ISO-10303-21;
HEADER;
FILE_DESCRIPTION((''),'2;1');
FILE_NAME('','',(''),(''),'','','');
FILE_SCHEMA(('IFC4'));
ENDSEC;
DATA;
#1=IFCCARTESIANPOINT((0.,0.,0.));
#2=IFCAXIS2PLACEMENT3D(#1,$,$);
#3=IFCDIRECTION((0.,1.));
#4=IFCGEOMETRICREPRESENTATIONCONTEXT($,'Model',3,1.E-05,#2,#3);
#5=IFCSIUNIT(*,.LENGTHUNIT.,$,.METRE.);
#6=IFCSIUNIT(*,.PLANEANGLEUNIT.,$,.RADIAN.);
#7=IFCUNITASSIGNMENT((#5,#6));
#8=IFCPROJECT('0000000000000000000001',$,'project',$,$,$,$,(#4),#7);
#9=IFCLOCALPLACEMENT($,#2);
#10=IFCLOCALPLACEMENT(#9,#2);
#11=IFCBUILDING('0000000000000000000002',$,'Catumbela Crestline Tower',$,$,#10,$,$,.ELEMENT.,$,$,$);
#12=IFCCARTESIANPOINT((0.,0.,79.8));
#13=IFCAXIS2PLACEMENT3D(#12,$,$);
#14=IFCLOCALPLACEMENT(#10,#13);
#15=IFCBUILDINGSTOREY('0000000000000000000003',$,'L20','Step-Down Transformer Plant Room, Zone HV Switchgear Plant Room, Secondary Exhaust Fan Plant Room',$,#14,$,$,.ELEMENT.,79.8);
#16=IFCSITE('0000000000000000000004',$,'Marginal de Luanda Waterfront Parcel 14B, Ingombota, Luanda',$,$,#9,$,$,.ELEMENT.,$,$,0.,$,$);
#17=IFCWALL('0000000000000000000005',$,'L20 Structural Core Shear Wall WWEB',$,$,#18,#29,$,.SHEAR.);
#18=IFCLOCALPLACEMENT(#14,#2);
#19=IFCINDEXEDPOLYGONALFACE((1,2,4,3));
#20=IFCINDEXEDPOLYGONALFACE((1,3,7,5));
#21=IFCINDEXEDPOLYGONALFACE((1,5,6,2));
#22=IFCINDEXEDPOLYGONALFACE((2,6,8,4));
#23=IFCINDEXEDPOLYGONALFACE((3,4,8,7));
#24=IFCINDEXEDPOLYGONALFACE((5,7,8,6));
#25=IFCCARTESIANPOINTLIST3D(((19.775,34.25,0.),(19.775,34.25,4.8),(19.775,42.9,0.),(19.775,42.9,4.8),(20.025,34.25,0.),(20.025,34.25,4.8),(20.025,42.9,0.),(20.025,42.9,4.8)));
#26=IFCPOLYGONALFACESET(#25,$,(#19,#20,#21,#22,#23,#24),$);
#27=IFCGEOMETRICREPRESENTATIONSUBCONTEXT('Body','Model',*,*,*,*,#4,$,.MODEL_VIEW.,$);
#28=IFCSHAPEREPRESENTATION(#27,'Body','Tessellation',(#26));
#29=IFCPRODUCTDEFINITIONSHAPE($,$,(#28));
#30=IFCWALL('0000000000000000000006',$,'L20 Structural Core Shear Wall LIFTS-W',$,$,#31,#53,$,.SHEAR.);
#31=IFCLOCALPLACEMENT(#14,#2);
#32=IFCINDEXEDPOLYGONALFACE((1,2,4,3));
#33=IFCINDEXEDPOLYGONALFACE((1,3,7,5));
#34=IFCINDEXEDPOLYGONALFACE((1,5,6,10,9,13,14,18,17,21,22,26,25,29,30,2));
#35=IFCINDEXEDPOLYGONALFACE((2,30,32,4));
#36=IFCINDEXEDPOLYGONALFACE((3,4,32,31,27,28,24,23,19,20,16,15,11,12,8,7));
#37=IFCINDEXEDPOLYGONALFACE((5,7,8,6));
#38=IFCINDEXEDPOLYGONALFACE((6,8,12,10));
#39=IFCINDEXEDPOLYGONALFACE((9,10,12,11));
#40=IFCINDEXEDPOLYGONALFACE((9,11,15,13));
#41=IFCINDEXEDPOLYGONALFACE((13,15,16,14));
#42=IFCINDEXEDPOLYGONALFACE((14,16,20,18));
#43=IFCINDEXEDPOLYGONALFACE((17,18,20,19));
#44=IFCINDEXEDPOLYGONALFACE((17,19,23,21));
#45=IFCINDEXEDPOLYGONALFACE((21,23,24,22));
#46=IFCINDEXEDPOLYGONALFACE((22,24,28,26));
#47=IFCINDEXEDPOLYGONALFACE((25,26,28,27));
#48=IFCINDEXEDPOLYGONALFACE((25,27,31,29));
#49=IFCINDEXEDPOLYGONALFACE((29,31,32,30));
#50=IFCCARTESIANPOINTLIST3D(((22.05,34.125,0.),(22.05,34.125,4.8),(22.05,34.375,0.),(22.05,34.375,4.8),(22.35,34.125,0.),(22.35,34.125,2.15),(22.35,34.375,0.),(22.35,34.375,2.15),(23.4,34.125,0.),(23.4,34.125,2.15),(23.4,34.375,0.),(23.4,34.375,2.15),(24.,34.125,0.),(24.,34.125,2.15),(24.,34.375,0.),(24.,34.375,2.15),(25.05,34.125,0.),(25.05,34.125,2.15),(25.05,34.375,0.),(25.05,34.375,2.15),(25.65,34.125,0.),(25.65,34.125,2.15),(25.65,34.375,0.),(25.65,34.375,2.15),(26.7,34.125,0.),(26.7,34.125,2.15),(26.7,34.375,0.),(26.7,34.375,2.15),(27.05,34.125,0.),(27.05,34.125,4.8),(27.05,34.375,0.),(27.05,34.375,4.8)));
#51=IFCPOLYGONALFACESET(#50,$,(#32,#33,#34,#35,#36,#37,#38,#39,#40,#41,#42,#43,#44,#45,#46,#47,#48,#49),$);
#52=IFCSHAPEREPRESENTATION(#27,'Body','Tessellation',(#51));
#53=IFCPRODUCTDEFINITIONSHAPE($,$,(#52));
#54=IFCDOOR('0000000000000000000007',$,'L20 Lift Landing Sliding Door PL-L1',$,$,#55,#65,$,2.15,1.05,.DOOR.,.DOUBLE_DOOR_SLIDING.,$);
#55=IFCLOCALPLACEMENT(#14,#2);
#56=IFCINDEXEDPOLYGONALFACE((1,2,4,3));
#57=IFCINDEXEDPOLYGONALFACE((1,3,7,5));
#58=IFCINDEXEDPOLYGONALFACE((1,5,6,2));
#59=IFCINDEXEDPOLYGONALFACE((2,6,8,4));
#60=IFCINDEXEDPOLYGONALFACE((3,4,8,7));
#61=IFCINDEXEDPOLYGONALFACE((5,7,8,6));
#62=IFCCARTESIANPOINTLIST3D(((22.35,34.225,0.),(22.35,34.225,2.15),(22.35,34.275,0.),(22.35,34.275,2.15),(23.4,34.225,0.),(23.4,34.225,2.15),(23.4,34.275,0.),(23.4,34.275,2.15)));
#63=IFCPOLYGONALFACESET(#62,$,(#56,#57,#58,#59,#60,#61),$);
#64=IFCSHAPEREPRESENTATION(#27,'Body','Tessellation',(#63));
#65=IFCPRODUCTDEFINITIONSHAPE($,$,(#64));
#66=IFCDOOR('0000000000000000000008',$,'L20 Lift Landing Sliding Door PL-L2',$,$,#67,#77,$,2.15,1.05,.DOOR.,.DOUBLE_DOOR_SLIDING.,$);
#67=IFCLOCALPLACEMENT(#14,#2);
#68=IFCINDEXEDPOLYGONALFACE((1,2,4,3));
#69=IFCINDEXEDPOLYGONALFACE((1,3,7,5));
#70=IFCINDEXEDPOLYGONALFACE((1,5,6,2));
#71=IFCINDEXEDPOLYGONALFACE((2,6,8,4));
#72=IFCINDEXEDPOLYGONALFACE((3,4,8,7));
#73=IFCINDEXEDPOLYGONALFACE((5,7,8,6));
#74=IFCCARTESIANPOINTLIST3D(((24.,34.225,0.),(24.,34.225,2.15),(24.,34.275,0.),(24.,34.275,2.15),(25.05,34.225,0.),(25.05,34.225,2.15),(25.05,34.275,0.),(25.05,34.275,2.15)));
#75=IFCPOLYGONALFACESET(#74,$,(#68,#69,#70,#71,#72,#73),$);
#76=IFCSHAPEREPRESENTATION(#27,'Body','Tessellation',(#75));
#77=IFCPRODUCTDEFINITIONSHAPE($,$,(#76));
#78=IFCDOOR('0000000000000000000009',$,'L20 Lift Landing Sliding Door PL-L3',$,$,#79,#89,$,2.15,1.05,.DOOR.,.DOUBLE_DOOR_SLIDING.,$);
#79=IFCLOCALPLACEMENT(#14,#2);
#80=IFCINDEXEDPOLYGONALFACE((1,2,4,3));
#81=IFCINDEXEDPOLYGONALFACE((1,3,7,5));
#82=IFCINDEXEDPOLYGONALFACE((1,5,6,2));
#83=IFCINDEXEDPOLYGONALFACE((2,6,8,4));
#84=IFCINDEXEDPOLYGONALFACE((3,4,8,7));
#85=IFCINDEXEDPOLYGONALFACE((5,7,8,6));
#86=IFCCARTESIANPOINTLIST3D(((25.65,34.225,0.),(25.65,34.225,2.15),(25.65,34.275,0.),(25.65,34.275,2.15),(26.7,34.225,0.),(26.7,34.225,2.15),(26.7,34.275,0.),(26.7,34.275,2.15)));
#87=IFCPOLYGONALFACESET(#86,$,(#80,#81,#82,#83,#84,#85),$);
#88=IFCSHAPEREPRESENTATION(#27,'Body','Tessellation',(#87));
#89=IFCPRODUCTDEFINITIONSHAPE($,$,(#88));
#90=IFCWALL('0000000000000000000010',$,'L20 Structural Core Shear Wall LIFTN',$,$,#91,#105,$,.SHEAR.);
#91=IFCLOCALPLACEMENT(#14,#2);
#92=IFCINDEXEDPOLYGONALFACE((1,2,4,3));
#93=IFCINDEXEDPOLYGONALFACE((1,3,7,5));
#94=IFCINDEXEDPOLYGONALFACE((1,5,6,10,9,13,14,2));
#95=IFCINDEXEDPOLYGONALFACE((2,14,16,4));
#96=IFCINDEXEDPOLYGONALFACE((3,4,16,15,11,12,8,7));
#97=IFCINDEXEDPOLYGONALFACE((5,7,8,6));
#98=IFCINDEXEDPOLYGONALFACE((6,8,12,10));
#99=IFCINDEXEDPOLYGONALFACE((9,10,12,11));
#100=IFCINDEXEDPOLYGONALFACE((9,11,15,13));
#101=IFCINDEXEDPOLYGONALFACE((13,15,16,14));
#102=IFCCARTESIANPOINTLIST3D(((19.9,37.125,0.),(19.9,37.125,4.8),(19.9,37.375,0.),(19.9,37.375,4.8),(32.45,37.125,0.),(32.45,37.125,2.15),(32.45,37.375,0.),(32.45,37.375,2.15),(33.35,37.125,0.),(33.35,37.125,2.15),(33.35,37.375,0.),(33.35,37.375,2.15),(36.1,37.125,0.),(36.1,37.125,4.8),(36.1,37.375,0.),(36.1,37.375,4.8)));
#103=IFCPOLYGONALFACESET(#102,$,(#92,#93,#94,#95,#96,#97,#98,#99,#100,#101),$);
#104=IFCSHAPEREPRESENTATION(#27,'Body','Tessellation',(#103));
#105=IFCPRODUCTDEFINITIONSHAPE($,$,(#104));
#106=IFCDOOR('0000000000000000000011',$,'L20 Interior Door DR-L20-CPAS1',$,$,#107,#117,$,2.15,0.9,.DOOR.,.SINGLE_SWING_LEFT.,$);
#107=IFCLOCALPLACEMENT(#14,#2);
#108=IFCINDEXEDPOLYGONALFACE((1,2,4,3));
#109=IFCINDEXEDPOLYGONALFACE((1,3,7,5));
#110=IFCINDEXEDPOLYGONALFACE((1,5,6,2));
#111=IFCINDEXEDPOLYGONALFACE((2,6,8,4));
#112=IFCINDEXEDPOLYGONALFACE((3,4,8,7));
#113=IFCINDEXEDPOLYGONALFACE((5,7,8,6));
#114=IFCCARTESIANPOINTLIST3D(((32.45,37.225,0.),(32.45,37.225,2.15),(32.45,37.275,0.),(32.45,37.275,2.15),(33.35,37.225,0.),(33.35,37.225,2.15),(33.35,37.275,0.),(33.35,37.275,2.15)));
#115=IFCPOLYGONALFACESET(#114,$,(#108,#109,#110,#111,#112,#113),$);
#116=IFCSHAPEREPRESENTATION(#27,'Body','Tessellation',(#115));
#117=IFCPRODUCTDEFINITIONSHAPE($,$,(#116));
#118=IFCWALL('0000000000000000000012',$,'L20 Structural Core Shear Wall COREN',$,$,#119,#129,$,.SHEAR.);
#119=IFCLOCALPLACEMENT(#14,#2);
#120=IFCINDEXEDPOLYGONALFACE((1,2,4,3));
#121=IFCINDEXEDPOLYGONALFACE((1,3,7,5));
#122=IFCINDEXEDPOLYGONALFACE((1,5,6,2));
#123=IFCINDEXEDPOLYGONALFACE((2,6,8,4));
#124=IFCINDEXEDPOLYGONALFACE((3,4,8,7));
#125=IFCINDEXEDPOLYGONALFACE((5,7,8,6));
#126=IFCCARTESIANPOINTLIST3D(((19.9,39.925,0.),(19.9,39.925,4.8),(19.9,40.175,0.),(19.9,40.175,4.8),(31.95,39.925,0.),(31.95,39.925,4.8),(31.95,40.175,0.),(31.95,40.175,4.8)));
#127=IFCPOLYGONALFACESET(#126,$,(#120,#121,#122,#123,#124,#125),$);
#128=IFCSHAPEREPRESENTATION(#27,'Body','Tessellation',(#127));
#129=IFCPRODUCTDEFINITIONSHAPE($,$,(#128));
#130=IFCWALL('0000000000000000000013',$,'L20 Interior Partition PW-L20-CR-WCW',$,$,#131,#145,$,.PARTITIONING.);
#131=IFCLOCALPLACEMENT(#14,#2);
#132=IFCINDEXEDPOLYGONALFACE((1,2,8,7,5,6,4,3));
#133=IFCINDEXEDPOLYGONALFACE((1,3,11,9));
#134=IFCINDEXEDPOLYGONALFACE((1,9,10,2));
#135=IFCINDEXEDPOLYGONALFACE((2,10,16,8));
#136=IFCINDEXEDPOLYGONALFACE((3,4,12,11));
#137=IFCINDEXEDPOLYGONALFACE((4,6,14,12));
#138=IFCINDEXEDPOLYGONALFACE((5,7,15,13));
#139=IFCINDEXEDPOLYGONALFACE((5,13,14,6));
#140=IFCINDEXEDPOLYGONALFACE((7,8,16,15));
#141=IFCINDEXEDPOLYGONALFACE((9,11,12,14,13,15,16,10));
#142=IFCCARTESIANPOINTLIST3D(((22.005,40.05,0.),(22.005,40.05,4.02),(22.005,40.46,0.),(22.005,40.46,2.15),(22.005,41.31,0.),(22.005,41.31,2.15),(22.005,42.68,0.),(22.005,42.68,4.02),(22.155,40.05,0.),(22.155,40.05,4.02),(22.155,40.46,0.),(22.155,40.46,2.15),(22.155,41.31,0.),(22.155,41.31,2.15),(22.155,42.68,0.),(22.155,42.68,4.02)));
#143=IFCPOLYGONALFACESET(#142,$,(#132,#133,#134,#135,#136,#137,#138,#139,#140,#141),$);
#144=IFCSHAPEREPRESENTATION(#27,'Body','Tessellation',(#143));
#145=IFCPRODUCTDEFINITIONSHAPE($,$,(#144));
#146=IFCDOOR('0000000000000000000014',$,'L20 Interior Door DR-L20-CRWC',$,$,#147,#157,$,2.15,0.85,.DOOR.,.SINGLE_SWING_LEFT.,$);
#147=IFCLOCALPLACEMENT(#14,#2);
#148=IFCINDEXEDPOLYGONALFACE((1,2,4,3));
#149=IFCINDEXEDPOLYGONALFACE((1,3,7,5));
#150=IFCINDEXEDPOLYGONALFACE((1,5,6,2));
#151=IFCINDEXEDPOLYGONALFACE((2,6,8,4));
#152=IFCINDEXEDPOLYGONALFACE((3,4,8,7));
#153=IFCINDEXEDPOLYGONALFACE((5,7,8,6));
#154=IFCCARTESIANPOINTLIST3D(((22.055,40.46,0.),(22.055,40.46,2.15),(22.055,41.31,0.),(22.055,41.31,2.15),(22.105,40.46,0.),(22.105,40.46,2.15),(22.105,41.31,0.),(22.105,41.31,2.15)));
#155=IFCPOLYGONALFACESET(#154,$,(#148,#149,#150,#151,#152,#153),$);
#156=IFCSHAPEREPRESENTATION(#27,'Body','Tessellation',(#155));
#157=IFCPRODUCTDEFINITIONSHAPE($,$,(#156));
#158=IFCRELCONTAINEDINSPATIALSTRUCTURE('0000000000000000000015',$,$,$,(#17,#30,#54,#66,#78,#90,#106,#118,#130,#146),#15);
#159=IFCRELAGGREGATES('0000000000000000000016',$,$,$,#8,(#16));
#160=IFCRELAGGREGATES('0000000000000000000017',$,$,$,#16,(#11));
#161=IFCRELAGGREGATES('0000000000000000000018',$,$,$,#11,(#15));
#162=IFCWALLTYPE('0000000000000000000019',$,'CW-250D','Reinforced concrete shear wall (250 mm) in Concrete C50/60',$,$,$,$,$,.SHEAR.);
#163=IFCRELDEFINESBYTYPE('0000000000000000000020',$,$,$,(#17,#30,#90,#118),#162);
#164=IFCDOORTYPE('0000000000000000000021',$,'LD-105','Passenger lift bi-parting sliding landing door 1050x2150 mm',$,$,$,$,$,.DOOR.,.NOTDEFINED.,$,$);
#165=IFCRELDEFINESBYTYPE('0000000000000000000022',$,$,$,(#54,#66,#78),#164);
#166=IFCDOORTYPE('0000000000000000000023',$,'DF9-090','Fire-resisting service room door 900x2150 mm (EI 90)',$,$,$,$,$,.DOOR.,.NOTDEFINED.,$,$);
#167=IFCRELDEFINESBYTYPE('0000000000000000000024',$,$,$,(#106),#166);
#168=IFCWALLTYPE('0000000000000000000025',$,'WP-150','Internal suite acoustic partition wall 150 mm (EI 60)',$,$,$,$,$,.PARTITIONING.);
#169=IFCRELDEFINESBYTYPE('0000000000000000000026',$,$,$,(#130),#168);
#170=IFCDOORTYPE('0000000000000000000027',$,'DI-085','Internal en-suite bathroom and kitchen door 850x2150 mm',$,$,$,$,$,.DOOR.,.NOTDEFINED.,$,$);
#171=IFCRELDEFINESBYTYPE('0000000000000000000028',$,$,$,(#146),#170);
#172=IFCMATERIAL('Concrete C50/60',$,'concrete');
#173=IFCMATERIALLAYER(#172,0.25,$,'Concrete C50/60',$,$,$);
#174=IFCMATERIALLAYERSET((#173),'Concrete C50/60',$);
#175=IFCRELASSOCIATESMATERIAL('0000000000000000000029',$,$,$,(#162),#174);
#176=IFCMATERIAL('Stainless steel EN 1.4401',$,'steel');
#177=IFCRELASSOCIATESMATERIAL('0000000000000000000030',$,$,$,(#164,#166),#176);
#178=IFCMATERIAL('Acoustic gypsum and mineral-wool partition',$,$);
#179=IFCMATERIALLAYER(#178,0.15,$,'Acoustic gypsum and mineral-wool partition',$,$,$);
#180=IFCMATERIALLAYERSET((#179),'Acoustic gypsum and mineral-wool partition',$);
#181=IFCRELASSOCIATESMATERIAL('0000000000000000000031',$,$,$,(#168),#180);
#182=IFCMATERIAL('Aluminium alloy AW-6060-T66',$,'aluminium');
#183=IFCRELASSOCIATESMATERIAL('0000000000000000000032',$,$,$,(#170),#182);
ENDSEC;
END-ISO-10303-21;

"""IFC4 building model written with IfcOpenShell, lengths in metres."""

from ifc_helpers import new_model, si_unit, direction, frame, frame_2d, origin, place, context, subcontext, project, spatial, rectangle, extrude, material, layer, layer_set, type_object, element, fill, save


model = new_model("IFC4")

# Units and contexts
model_context = context("Model", 3, precision=1e-05, world=origin(), true_north=direction((0.0, 1.0)))
body_context = subcontext(model_context, "Body", "Model", "MODEL_VIEW")
ifc_project = project(units=[si_unit("LENGTHUNIT", "METRE"), si_unit("PLANEANGLEUNIT", "RADIAN")], contexts=[model_context])

# Site, building, storey
site_placement = place(None, origin())
site = spatial("IfcSite", under=ifc_project, at=site_placement, Name="Marginal de Luanda Waterfront Parcel 14B, Ingombota, Luanda", CompositionType="ELEMENT", RefElevation=0.0)
building_placement = place(site_placement, origin())
building = spatial("IfcBuilding", under=site, at=building_placement, Name="Catumbela Crestline Tower", CompositionType="ELEMENT")
storey_placement = place(building_placement, frame((0.0, 0.0, 79.8)))
storey = spatial("IfcBuildingStorey", under=building, at=storey_placement, Name="L20", Description="Step-Down Transformer Plant Room, Zone HV Switchgear Plant Room, Secondary Exhaust Fan Plant Room", CompositionType="ELEMENT", Elevation=79.8)

# Wall
ifc_material_1 = material(Name="Concrete C50/60", Category="concrete")
ifc_layer_1 = layer(ifc_material_1, 0.25, Name="Concrete C50/60")
ifc_layer_set_1 = layer_set([ifc_layer_1], Name="Concrete C50/60")
wall_type_1 = type_object("IfcWallType", Name="CW-250D", Description="Reinforced concrete shear wall (250 mm) in Concrete C50/60", PredefinedType="SHEAR", material=ifc_layer_set_1)
wall_1_placement = place(storey_placement, frame((19.9, 34.25, 0.0), z_axis=(0.0, 0.0, 1.0), x_axis=(0.0, 1.0, 0.0)))
element("IfcWall", 1, at=wall_1_placement, inside=storey, type_object=wall_type_1, Name="L20 Structural Core Shear Wall WWEB", PredefinedType="SHEAR", context=body_context, shape_type="SweptSolid", body=[
    extrude(rectangle(XDim=8.65, YDim=0.25, at=frame_2d((4.325, 0.0))), origin(), (0.0, 0.0, 1.0), 4.8),
])

# Wall, openings, doors
wall_2_placement = place(storey_placement, frame((22.05, 34.25, 0.0), z_axis=(0.0, 0.0, 1.0), x_axis=(1.0, 0.0, 0.0)))
wall_2 = element("IfcWall", 2, at=wall_2_placement, inside=storey, type_object=wall_type_1, Name="L20 Structural Core Shear Wall LIFTS-W", PredefinedType="SHEAR", context=body_context, shape_type="SweptSolid", body=[
    extrude(rectangle(XDim=5.0, YDim=0.25, at=frame_2d((2.5, 0.0))), origin(), (0.0, 0.0, 1.0), 4.8),
])
opening_1_placement = place(wall_2_placement, frame((0.3, 0.0, 0.0)))
opening_1 = element("IfcOpeningElement", 3, at=opening_1_placement, cuts=wall_2, PredefinedType="OPENING", context=body_context, shape_type="SweptSolid", body=[
    extrude(rectangle(XDim=1.05, YDim=2.15, at=frame_2d((0.525, 1.075))), frame((0.0, 0.135, 0.0), z_axis=(0.0, -1.0, 0.0), x_axis=(1.0, 0.0, 0.0)), (0.0, 0.0, 1.0), 0.27),
])
opening_2_placement = place(wall_2_placement, frame((1.95, 0.0, 0.0)))
opening_2 = element("IfcOpeningElement", 4, at=opening_2_placement, cuts=wall_2, PredefinedType="OPENING", context=body_context, shape_type="SweptSolid", body=[
    extrude(rectangle(XDim=1.05, YDim=2.15, at=frame_2d((0.525, 1.075))), frame((0.0, 0.135, 0.0), z_axis=(0.0, -1.0, 0.0), x_axis=(1.0, 0.0, 0.0)), (0.0, 0.0, 1.0), 0.27),
])
opening_3_placement = place(wall_2_placement, frame((3.6, 0.0, 0.0)))
opening_3 = element("IfcOpeningElement", 5, at=opening_3_placement, cuts=wall_2, PredefinedType="OPENING", context=body_context, shape_type="SweptSolid", body=[
    extrude(rectangle(XDim=1.05, YDim=2.15, at=frame_2d((0.525, 1.075))), frame((0.0, 0.135, 0.0), z_axis=(0.0, -1.0, 0.0), x_axis=(1.0, 0.0, 0.0)), (0.0, 0.0, 1.0), 0.27),
])
ifc_material_2 = material(Name="Stainless steel EN 1.4401", Category="steel")
door_type_1 = type_object("IfcDoorType", Name="LD-105", Description="Passenger lift bi-parting sliding landing door 1050x2150 mm", OperationType="NOTDEFINED", PredefinedType="DOOR", material=ifc_material_2)
door_1_placement = place(opening_1_placement, origin())
door_1 = element("IfcDoor", 6, at=door_1_placement, inside=storey, type_object=door_type_1, Name="L20 Lift Landing Sliding Door PL-L1", OperationType="DOUBLE_DOOR_SLIDING", OverallHeight=2.15, OverallWidth=1.05, PredefinedType="DOOR", context=body_context, shape_type="SweptSolid", body=[
    extrude(rectangle(XDim=1.05, YDim=2.15, at=frame_2d((0.525, 1.075))), frame((0.0, 0.025, 0.0), z_axis=(0.0, -1.0, 0.0), x_axis=(1.0, 0.0, 0.0)), (0.0, 0.0, 1.0), 0.05),
])
fill(opening_1, door_1)
door_2_placement = place(opening_2_placement, origin())
door_2 = element("IfcDoor", 7, at=door_2_placement, inside=storey, type_object=door_type_1, Name="L20 Lift Landing Sliding Door PL-L2", OperationType="DOUBLE_DOOR_SLIDING", OverallHeight=2.15, OverallWidth=1.05, PredefinedType="DOOR", context=body_context, shape_type="SweptSolid", body=[
    extrude(rectangle(XDim=1.05, YDim=2.15, at=frame_2d((0.525, 1.075))), frame((0.0, 0.025, 0.0), z_axis=(0.0, -1.0, 0.0), x_axis=(1.0, 0.0, 0.0)), (0.0, 0.0, 1.0), 0.05),
])
fill(opening_2, door_2)
door_3_placement = place(opening_3_placement, origin())
door_3 = element("IfcDoor", 8, at=door_3_placement, inside=storey, type_object=door_type_1, Name="L20 Lift Landing Sliding Door PL-L3", OperationType="DOUBLE_DOOR_SLIDING", OverallHeight=2.15, OverallWidth=1.05, PredefinedType="DOOR", context=body_context, shape_type="SweptSolid", body=[
    extrude(rectangle(XDim=1.05, YDim=2.15, at=frame_2d((0.525, 1.075))), frame((0.0, 0.025, 0.0), z_axis=(0.0, -1.0, 0.0), x_axis=(1.0, 0.0, 0.0)), (0.0, 0.0, 1.0), 0.05),
])
fill(opening_3, door_3)

# Wall, opening, door
wall_3_placement = place(storey_placement, frame((19.9, 37.25, 0.0), z_axis=(0.0, 0.0, 1.0), x_axis=(1.0, 0.0, 0.0)))
wall_3 = element("IfcWall", 9, at=wall_3_placement, inside=storey, type_object=wall_type_1, Name="L20 Structural Core Shear Wall LIFTN", PredefinedType="SHEAR", context=body_context, shape_type="SweptSolid", body=[
    extrude(rectangle(XDim=16.2, YDim=0.25, at=frame_2d((8.1, 0.0))), origin(), (0.0, 0.0, 1.0), 4.8),
])
opening_4_placement = place(wall_3_placement, frame((12.55, 0.0, 0.0)))
opening_4 = element("IfcOpeningElement", 10, at=opening_4_placement, cuts=wall_3, PredefinedType="OPENING", context=body_context, shape_type="SweptSolid", body=[
    extrude(rectangle(XDim=0.9, YDim=2.15, at=frame_2d((0.45, 1.075))), frame((0.0, 0.135, 0.0), z_axis=(0.0, -1.0, 0.0), x_axis=(1.0, 0.0, 0.0)), (0.0, 0.0, 1.0), 0.27),
])
door_type_2 = type_object("IfcDoorType", Name="DF9-090", Description="Fire-resisting service room door 900x2150 mm (EI 90)", OperationType="NOTDEFINED", PredefinedType="DOOR", material=ifc_material_2)
door_4_placement = place(opening_4_placement, origin())
door_4 = element("IfcDoor", 11, at=door_4_placement, inside=storey, type_object=door_type_2, Name="L20 Interior Door DR-L20-CPAS1", OperationType="SINGLE_SWING_LEFT", OverallHeight=2.15, OverallWidth=0.9, PredefinedType="DOOR", context=body_context, shape_type="SweptSolid", body=[
    extrude(rectangle(XDim=0.9, YDim=2.15, at=frame_2d((0.45, 1.075))), frame((0.0, 0.025, 0.0), z_axis=(0.0, -1.0, 0.0), x_axis=(1.0, 0.0, 0.0)), (0.0, 0.0, 1.0), 0.05),
])
fill(opening_4, door_4)

# Wall
wall_4_placement = place(storey_placement, frame((19.9, 40.05, 0.0), z_axis=(0.0, 0.0, 1.0), x_axis=(1.0, 0.0, 0.0)))
element("IfcWall", 12, at=wall_4_placement, inside=storey, type_object=wall_type_1, Name="L20 Structural Core Shear Wall COREN", PredefinedType="SHEAR", context=body_context, shape_type="SweptSolid", body=[
    extrude(rectangle(XDim=12.05, YDim=0.25, at=frame_2d((6.025, 0.0))), origin(), (0.0, 0.0, 1.0), 4.8),
])

# Wall, opening, door
ifc_material_3 = material(Name="Acoustic gypsum and mineral-wool partition")
ifc_layer_2 = layer(ifc_material_3, 0.15, Name="Acoustic gypsum and mineral-wool partition")
ifc_layer_set_2 = layer_set([ifc_layer_2], Name="Acoustic gypsum and mineral-wool partition")
wall_type_2 = type_object("IfcWallType", Name="WP-150", Description="Internal suite acoustic partition wall 150 mm (EI 60)", PredefinedType="PARTITIONING", material=ifc_layer_set_2)
wall_5_placement = place(storey_placement, frame((22.08, 40.05, 0.0), z_axis=(0.0, 0.0, 1.0), x_axis=(0.0, 1.0, 0.0)))
wall_5 = element("IfcWall", 13, at=wall_5_placement, inside=storey, type_object=wall_type_2, Name="L20 Interior Partition PW-L20-CR-WCW", PredefinedType="PARTITIONING", context=body_context, shape_type="SweptSolid", body=[
    extrude(rectangle(XDim=2.63, YDim=0.15, at=frame_2d((1.315, 0.0))), origin(), (0.0, 0.0, 1.0), 4.02),
])
opening_5_placement = place(wall_5_placement, frame((0.41, 0.0, 0.0)))
opening_5 = element("IfcOpeningElement", 14, at=opening_5_placement, cuts=wall_5, PredefinedType="OPENING", context=body_context, shape_type="SweptSolid", body=[
    extrude(rectangle(XDim=0.85, YDim=2.15, at=frame_2d((0.425, 1.075))), frame((0.0, 0.085, 0.0), z_axis=(0.0, -1.0, 0.0), x_axis=(1.0, 0.0, 0.0)), (0.0, 0.0, 1.0), 0.17),
])
ifc_material_4 = material(Name="Aluminium alloy AW-6060-T66", Category="aluminium")
door_type_3 = type_object("IfcDoorType", Name="DI-085", Description="Internal en-suite bathroom and kitchen door 850x2150 mm", OperationType="NOTDEFINED", PredefinedType="DOOR", material=ifc_material_4)
door_5_placement = place(opening_5_placement, origin())
door_5 = element("IfcDoor", 15, at=door_5_placement, inside=storey, type_object=door_type_3, Name="L20 Interior Door DR-L20-CRWC", OperationType="SINGLE_SWING_LEFT", OverallHeight=2.15, OverallWidth=0.85, PredefinedType="DOOR", context=body_context, shape_type="SweptSolid", body=[
    extrude(rectangle(XDim=0.85, YDim=2.15, at=frame_2d((0.425, 1.075))), frame((0.0, 0.025, 0.0), z_axis=(0.0, -1.0, 0.0), x_axis=(1.0, 0.0, 0.0)), (0.0, 0.0, 1.0), 0.05),
])
fill(opening_5, door_5)

save(model, "model.ifc")
